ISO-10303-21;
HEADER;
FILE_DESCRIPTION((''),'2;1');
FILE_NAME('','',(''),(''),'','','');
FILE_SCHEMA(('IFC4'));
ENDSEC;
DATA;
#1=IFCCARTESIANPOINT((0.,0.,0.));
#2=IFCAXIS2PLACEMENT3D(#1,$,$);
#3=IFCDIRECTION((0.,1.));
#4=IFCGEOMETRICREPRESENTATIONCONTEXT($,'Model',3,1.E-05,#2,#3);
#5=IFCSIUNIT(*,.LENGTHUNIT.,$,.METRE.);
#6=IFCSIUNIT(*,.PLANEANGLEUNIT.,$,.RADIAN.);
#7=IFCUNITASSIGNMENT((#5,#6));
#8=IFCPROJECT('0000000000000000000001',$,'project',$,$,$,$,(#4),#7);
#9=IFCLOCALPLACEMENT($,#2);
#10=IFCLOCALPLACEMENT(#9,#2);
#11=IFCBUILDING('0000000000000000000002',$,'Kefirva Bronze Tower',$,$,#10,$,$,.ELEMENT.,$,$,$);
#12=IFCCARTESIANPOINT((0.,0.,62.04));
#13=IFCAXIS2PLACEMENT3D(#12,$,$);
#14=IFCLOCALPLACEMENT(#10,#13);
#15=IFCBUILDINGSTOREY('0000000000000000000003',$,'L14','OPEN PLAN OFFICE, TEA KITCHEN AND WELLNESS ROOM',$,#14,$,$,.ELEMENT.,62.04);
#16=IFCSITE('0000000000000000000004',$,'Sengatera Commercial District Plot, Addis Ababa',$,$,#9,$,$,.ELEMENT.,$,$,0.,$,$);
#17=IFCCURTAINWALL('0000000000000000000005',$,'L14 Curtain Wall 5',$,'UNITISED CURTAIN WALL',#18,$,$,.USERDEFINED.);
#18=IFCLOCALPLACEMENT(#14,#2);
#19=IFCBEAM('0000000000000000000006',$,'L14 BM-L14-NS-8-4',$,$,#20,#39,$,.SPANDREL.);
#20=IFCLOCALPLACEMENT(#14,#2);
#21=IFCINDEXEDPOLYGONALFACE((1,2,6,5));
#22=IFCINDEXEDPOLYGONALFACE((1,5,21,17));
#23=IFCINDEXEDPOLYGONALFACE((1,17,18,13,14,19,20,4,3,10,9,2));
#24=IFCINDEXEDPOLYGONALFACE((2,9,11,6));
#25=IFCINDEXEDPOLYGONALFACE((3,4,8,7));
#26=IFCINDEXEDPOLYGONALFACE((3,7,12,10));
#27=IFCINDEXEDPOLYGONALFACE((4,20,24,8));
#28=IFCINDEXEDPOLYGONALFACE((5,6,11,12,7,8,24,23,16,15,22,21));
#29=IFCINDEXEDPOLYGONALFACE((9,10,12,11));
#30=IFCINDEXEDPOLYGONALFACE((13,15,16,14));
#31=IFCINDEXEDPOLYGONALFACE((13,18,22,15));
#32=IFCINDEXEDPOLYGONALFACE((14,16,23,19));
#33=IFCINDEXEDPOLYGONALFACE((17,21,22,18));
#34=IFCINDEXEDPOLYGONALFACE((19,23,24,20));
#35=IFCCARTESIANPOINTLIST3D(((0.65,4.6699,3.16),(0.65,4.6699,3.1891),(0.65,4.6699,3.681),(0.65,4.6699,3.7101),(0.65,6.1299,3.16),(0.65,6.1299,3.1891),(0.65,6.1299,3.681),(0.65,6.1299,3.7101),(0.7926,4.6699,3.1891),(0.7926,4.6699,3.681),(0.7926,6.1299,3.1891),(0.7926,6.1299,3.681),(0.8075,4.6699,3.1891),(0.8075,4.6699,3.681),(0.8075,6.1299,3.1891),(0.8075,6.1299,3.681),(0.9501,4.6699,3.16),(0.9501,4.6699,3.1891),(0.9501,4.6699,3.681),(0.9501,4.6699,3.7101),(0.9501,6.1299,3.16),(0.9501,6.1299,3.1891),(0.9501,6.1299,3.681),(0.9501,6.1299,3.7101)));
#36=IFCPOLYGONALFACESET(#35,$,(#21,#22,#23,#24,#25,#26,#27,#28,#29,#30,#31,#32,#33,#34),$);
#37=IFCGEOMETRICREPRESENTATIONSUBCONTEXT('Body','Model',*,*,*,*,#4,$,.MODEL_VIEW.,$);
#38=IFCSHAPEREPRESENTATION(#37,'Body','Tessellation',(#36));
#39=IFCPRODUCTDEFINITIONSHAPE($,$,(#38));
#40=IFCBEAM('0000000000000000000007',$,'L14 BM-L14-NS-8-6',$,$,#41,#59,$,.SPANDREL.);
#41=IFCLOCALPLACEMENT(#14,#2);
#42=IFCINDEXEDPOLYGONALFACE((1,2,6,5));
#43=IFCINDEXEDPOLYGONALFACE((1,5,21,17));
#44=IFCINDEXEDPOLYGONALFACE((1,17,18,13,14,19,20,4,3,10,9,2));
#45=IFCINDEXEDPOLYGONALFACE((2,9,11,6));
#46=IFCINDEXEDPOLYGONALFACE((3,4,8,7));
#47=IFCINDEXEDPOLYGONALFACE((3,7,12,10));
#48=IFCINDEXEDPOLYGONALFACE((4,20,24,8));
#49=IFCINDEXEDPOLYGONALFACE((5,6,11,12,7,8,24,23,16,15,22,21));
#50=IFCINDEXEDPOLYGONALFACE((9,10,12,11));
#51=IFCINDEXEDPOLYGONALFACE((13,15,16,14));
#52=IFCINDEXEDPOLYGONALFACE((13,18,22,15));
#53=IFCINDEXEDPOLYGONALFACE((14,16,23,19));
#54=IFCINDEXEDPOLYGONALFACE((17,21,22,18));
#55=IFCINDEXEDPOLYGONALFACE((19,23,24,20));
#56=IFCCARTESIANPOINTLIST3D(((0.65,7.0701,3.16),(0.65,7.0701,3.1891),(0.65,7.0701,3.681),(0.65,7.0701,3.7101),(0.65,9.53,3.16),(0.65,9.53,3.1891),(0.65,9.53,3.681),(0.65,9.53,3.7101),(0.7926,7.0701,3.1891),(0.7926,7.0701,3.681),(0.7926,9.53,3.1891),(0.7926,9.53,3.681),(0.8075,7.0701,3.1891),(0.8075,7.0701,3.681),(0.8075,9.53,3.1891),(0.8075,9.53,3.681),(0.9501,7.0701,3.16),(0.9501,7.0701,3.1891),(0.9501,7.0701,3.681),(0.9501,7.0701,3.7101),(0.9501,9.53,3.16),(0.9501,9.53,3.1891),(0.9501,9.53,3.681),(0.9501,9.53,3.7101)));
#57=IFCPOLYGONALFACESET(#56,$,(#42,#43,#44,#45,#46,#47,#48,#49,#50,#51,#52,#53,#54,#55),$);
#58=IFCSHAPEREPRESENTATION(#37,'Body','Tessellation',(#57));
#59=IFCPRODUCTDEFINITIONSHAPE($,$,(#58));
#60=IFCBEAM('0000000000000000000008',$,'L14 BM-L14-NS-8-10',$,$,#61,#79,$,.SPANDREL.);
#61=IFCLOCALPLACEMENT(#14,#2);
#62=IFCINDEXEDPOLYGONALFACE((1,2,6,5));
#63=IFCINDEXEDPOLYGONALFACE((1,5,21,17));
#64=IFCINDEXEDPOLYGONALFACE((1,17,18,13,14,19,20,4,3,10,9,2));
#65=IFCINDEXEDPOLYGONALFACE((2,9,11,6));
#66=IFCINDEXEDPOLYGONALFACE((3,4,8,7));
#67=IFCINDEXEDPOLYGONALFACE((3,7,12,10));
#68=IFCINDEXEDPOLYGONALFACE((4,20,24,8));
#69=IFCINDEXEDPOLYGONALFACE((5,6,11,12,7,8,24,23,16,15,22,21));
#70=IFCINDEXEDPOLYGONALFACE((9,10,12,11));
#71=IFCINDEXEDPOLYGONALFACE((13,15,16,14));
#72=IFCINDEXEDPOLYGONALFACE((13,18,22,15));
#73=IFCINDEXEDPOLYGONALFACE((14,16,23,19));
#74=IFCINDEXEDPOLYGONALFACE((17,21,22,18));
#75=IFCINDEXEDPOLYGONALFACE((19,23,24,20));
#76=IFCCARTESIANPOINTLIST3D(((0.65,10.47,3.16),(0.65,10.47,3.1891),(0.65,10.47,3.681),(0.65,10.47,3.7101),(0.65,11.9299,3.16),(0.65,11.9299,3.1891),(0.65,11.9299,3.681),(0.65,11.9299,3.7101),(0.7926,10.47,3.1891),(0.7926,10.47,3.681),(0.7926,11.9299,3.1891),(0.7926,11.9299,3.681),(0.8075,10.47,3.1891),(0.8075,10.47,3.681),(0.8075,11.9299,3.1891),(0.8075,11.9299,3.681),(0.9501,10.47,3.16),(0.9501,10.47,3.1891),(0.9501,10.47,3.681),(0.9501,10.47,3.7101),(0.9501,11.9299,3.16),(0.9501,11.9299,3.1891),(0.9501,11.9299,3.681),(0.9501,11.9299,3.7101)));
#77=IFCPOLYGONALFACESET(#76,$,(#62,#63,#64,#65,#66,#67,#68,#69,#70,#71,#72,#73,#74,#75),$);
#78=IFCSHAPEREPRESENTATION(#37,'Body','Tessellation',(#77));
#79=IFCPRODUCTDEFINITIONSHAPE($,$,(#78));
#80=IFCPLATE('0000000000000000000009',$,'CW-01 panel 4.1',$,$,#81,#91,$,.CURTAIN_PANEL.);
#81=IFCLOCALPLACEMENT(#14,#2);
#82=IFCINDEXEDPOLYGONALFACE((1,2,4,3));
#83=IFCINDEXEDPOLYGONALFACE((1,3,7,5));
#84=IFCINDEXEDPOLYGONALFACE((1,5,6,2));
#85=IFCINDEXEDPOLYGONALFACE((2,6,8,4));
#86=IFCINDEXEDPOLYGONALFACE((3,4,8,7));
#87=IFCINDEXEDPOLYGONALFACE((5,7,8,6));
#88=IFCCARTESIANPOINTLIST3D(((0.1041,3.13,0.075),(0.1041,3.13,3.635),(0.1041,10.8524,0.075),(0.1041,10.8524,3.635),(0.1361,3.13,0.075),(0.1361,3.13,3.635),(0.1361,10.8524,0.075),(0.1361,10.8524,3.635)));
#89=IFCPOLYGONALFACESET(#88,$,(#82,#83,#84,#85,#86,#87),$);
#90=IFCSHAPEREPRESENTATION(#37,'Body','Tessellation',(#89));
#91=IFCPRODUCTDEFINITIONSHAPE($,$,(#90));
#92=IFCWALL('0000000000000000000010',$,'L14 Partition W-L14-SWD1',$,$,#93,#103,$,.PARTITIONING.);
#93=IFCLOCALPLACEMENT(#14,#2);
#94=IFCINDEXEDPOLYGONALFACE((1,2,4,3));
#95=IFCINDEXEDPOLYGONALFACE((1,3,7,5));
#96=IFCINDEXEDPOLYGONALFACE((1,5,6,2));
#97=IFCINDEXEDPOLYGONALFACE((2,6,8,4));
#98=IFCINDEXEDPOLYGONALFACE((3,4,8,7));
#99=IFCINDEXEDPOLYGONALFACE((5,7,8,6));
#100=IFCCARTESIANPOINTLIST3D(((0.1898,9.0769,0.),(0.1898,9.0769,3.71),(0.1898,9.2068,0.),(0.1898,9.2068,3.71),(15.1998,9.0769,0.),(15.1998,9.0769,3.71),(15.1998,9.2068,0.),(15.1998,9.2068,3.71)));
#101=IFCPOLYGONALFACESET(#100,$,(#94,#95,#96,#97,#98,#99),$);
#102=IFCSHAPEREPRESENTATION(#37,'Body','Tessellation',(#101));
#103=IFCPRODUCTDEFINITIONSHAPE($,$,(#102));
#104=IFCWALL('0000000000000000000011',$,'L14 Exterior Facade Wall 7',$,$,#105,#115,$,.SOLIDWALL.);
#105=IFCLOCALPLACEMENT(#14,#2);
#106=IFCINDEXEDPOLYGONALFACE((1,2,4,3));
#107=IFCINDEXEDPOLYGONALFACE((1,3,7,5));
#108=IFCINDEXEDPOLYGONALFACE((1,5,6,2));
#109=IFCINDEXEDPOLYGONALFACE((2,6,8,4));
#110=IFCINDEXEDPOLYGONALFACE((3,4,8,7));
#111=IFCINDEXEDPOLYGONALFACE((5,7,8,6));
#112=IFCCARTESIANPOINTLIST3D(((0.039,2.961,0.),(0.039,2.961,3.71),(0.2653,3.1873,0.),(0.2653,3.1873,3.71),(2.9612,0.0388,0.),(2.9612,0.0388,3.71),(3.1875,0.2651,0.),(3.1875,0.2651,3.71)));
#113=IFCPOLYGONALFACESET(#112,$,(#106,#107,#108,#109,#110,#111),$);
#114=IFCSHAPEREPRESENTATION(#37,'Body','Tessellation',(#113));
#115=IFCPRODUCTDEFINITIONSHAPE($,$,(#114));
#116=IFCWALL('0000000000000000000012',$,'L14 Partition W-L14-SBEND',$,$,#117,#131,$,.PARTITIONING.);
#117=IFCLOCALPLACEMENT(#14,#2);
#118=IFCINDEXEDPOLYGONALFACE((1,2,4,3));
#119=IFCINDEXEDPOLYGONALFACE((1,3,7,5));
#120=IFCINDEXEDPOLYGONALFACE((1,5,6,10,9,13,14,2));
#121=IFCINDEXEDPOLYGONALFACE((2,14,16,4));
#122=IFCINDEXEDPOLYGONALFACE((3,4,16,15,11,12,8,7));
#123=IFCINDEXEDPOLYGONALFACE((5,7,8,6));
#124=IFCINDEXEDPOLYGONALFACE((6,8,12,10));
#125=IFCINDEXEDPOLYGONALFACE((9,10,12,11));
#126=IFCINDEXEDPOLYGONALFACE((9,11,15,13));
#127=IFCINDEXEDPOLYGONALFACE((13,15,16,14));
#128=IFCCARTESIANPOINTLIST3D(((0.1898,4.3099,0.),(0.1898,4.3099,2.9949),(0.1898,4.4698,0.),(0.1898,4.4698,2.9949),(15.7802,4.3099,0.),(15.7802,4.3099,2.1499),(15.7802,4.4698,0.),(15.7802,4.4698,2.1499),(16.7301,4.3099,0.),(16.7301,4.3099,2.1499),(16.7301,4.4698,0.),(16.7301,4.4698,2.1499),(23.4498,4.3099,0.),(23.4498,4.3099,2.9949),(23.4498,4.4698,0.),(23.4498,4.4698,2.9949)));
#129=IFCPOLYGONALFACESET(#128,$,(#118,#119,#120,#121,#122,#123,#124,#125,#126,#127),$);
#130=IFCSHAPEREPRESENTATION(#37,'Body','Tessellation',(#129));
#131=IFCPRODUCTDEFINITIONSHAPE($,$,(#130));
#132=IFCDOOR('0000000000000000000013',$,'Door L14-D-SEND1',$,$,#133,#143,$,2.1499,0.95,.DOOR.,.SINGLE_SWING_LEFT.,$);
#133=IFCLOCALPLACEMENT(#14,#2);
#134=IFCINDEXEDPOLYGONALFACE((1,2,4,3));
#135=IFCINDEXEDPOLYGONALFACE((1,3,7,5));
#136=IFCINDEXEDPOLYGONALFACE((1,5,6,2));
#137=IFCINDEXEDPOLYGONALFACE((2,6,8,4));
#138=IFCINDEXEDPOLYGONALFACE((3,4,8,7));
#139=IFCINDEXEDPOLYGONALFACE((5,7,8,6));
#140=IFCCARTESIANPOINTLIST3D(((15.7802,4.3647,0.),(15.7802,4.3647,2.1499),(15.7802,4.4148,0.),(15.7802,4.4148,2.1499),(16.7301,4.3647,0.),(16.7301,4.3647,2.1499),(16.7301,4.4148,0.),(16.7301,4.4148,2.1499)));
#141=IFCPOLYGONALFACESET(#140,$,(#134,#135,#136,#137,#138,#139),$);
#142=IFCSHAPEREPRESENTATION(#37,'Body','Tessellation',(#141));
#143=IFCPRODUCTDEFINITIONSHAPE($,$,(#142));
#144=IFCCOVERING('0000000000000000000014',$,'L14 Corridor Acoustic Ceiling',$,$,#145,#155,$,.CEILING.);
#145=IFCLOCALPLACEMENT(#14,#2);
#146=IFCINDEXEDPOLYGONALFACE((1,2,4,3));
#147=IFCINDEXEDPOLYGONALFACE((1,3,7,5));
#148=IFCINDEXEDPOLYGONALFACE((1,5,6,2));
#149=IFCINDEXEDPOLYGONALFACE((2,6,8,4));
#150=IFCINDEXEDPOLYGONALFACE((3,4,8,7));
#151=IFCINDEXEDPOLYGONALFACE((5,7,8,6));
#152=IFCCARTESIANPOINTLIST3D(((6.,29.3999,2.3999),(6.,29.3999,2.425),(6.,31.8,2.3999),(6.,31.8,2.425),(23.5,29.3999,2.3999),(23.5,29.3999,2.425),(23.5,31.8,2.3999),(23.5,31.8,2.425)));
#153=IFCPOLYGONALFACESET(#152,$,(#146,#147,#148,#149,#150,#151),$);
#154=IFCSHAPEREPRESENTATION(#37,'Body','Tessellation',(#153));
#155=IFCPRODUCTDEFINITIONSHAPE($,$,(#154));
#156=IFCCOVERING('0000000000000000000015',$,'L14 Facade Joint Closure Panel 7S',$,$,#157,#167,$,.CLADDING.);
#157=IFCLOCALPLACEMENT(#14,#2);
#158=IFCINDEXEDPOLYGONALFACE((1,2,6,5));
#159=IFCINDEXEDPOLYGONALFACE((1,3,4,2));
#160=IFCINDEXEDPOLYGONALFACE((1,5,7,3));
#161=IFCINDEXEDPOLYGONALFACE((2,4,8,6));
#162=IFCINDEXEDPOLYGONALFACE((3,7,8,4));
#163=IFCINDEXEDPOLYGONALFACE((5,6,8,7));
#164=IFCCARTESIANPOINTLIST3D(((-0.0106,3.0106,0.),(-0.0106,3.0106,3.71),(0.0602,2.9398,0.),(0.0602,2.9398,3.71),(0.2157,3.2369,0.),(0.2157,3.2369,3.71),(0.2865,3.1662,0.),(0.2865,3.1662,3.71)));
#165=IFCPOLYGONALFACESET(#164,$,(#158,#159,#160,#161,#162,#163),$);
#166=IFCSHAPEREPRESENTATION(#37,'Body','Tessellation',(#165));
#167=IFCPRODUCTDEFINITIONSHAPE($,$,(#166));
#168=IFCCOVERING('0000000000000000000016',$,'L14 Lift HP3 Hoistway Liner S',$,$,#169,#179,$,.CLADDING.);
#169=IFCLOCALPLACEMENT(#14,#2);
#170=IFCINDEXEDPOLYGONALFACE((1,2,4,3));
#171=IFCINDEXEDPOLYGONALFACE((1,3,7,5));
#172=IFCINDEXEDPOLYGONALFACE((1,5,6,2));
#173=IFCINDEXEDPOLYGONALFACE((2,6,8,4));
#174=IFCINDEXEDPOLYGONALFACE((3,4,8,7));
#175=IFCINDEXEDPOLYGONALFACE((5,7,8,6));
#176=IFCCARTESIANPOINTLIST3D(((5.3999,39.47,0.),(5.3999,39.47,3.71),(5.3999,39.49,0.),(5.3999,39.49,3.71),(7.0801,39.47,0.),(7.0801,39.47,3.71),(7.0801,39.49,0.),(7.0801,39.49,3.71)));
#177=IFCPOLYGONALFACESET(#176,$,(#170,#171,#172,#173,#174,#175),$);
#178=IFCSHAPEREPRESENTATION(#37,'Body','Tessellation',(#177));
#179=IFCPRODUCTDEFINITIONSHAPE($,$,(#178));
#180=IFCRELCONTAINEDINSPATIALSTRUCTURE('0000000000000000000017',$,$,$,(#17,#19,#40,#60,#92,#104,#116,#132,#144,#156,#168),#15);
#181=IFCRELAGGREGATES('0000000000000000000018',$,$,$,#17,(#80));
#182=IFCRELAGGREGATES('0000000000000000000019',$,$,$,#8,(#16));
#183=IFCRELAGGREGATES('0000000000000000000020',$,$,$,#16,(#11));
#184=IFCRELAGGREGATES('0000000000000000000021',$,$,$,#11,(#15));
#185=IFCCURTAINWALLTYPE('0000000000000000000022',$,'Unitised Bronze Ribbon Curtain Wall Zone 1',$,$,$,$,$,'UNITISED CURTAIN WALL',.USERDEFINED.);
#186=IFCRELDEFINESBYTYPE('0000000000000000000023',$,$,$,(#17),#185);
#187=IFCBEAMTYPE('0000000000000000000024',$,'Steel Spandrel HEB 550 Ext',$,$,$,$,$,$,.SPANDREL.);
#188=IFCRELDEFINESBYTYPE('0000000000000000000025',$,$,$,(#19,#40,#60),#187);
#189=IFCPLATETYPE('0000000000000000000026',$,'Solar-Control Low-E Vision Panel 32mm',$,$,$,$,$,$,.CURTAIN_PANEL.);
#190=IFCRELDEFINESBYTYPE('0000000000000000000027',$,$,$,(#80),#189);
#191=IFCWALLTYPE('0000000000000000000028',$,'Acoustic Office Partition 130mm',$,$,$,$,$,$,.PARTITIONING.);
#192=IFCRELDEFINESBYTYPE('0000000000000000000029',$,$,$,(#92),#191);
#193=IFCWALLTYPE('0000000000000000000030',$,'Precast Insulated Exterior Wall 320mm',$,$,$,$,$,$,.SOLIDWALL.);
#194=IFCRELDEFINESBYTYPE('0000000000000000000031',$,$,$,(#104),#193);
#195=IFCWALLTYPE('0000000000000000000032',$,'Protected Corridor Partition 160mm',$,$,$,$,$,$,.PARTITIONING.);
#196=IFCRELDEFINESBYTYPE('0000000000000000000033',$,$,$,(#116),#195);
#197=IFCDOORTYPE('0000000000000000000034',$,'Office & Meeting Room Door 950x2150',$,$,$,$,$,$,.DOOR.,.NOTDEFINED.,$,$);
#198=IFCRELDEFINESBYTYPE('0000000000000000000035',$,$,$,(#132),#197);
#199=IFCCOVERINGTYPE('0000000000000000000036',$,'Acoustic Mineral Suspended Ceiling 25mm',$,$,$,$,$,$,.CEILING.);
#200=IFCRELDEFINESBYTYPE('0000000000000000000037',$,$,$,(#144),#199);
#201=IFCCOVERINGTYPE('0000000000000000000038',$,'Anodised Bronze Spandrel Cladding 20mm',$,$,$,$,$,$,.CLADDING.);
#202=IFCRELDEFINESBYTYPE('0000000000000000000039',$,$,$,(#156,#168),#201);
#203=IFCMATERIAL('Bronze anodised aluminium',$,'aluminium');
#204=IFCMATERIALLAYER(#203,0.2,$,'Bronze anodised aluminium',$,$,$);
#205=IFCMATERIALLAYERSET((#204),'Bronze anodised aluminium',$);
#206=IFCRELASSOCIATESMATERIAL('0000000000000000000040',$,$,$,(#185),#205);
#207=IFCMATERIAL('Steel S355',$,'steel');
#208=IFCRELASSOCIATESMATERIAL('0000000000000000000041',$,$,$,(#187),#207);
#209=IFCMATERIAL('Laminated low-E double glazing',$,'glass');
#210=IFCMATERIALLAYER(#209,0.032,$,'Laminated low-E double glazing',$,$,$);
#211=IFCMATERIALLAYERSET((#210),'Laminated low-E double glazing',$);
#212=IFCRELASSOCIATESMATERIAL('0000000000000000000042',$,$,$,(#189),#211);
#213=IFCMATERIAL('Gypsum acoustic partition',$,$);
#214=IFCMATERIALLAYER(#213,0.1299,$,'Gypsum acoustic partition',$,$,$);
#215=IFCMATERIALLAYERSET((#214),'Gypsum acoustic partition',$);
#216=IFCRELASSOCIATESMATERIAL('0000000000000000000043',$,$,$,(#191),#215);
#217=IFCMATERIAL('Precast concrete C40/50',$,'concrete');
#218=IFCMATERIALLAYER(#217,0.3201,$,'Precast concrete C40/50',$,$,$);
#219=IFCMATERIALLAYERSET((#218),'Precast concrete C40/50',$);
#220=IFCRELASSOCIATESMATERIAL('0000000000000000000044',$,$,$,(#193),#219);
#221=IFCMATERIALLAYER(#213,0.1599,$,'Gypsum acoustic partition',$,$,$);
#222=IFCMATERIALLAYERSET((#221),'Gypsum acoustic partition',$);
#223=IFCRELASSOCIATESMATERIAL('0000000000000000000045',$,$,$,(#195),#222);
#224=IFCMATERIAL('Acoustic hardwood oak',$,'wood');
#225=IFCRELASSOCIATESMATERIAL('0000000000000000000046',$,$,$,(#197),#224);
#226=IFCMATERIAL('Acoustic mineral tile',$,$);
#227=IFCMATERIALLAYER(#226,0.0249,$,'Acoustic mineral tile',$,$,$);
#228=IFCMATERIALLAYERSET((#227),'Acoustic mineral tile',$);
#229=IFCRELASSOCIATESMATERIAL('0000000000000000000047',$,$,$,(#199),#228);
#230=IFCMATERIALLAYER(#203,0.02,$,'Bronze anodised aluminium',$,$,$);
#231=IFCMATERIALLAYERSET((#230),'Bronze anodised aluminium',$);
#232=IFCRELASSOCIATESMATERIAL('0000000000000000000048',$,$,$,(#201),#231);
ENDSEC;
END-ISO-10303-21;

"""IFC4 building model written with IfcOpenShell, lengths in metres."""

from ifc_helpers import new_model, si_unit, direction, frame, frame_2d, origin, origin_2d, place, context, subcontext, project, spatial, polyline, rectangle, i_section, outline, extrude, material, layer, layer_set, material_profile, profile_set, type_object, element, fill, aggregate, save


model = new_model("IFC4")

# Units and contexts
model_context = context("Model", 3, precision=1e-05, world=origin(), true_north=direction((0.0, 1.0)))
body_context = subcontext(model_context, "Body", "Model", "MODEL_VIEW")
ifc_project = project(units=[si_unit("LENGTHUNIT", "METRE"), si_unit("PLANEANGLEUNIT", "RADIAN")], contexts=[model_context])

# Site, building, storey
site_placement = place(None, origin())
site = spatial("IfcSite", under=ifc_project, at=site_placement, Name="Sengatera Commercial District Plot, Addis Ababa", CompositionType="ELEMENT", RefElevation=0.0)
building_placement = place(site_placement, origin())
building = spatial("IfcBuilding", under=site, at=building_placement, Name="Kefirva Bronze Tower", CompositionType="ELEMENT")
storey_placement = place(building_placement, frame((0.0, 0.0, 62.04)))
storey = spatial("IfcBuildingStorey", under=building, at=storey_placement, Name="L14", Description="OPEN PLAN OFFICE, TEA KITCHEN AND WELLNESS ROOM", CompositionType="ELEMENT", Elevation=62.04)

# Curtain wall
ifc_material_1 = material(Name="Bronze anodised aluminium", Category="aluminium")
ifc_layer_1 = layer(ifc_material_1, 0.2, Name="Bronze anodised aluminium")
ifc_layer_set_1 = layer_set([ifc_layer_1], Name="Bronze anodised aluminium")
curtain_wall_type = type_object("IfcCurtainWallType", Name="Unitised Bronze Ribbon Curtain Wall Zone 1", ElementType="UNITISED CURTAIN WALL", PredefinedType="USERDEFINED", material=ifc_layer_set_1)
curtain_wall_placement = place(storey_placement, origin())
curtain_wall = element("IfcCurtainWall", 1, at=curtain_wall_placement, inside=storey, type_object=curtain_wall_type, Name="L14 Curtain Wall 5", ObjectType="UNITISED CURTAIN WALL", PredefinedType="USERDEFINED")

# Beams
ifc_material_2 = material(Name="Steel S355", Category="steel")
ifc_material_profile_1 = material_profile(ifc_material_2, i_section(OverallWidth=0.3, OverallDepth=0.55, WebThickness=0.0149, FlangeThickness=0.0291, at=origin_2d()), Name="HEB 550")
ifc_profile_set_1 = profile_set([ifc_material_profile_1], Name="Steel S355")
beam_type_1 = type_object("IfcBeamType", Name="Steel Spandrel HEB 550 Ext", PredefinedType="SPANDREL", material=ifc_profile_set_1)
beam_1_placement = place(storey_placement, frame((0.8, 4.6699, 3.4351), z_axis=(0.0, 1.0, 0.0), x_axis=(-1.0, 0.0, 0.0)))
element("IfcBeam", 2, at=beam_1_placement, inside=storey, type_object=beam_type_1, Name="L14 BM-L14-NS-8-4", PredefinedType="SPANDREL", context=body_context, shape_type="SweptSolid", body=[
    extrude(i_section(OverallWidth=0.3, OverallDepth=0.55, WebThickness=0.0149, FlangeThickness=0.0291, at=origin_2d()), origin(), (0.0, 0.0, 1.0), 1.46),
])
beam_2_placement = place(storey_placement, frame((0.8, 7.0701, 3.4351), z_axis=(0.0, 1.0, 0.0), x_axis=(-1.0, 0.0, 0.0)))
element("IfcBeam", 3, at=beam_2_placement, inside=storey, type_object=beam_type_1, Name="L14 BM-L14-NS-8-6", PredefinedType="SPANDREL", context=body_context, shape_type="SweptSolid", body=[
    extrude(i_section(OverallWidth=0.3, OverallDepth=0.55, WebThickness=0.0149, FlangeThickness=0.0291, at=origin_2d()), origin(), (0.0, 0.0, 1.0), 2.46),
])
beam_3_placement = place(storey_placement, frame((0.8, 10.47, 3.4351), z_axis=(0.0, 1.0, 0.0), x_axis=(-1.0, 0.0, 0.0)))
element("IfcBeam", 4, at=beam_3_placement, inside=storey, type_object=beam_type_1, Name="L14 BM-L14-NS-8-10", PredefinedType="SPANDREL", context=body_context, shape_type="SweptSolid", body=[
    extrude(i_section(OverallWidth=0.3, OverallDepth=0.55, WebThickness=0.0149, FlangeThickness=0.0291, at=origin_2d()), origin(), (0.0, 0.0, 1.0), 1.46),
])

# Plate
ifc_material_3 = material(Name="Laminated low-E double glazing", Category="glass")
ifc_layer_2 = layer(ifc_material_3, 0.032, Name="Laminated low-E double glazing")
ifc_layer_set_2 = layer_set([ifc_layer_2], Name="Laminated low-E double glazing")
plate_type = type_object("IfcPlateType", Name="Solar-Control Low-E Vision Panel 32mm", PredefinedType="CURTAIN_PANEL", material=ifc_layer_set_2)
plate_placement = place(storey_placement, frame((0.1201, 6.9912, 0.075), z_axis=(0.0, 0.0, 1.0), x_axis=(0.0, -1.0, 0.0)))
plate = element("IfcPlate", 5, at=plate_placement, type_object=plate_type, Name="CW-01 panel 4.1", PredefinedType="CURTAIN_PANEL", context=body_context, shape_type="SweptSolid", body=[
    extrude(rectangle(XDim=7.7224, YDim=0.032, at=origin_2d()), origin(), (0.0, 0.0, 1.0), 3.5601),
])
aggregate(curtain_wall, [plate])

# Walls
ifc_material_4 = material(Name="Gypsum acoustic partition")
ifc_layer_3 = layer(ifc_material_4, 0.1299, Name="Gypsum acoustic partition")
ifc_layer_set_3 = layer_set([ifc_layer_3], Name="Gypsum acoustic partition")
wall_type_1 = type_object("IfcWallType", Name="Acoustic Office Partition 130mm", PredefinedType="PARTITIONING", material=ifc_layer_set_3)
wall_1_placement = place(storey_placement, frame((0.1899, 9.1418, 0.0), z_axis=(0.0, 0.0, 1.0), x_axis=(1.0, 0.0, 0.0)))
element("IfcWall", 6, at=wall_1_placement, inside=storey, type_object=wall_type_1, Name="L14 Partition W-L14-SWD1", PredefinedType="PARTITIONING", context=body_context, shape_type="SweptSolid", body=[
    extrude(rectangle(XDim=15.01, YDim=0.1299, at=frame_2d((7.5049, 0.0))), origin(), (0.0, 0.0, 1.0), 3.71),
])
ifc_material_5 = material(Name="Precast concrete C40/50", Category="concrete")
ifc_layer_4 = layer(ifc_material_5, 0.3201, Name="Precast concrete C40/50")
ifc_layer_set_4 = layer_set([ifc_layer_4], Name="Precast concrete C40/50")
wall_type_2 = type_object("IfcWallType", Name="Precast Insulated Exterior Wall 320mm", PredefinedType="SOLIDWALL", material=ifc_layer_set_4)
wall_2_placement = place(storey_placement, frame((0.1521, 3.0742, 0.0), z_axis=(0.0, 0.0, 1.0), x_axis=(0.707107, -0.707107, 0.0)))
element("IfcWall", 7, at=wall_2_placement, inside=storey, type_object=wall_type_2, Name="L14 Exterior Facade Wall 7", PredefinedType="SOLIDWALL", context=body_context, shape_type="SweptSolid", body=[
    extrude(rectangle(XDim=4.1326, YDim=0.3201, at=frame_2d((2.0664, 0.0))), origin(), (0.0, 0.0, 1.0), 3.71),
])

# Wall, opening, door
ifc_layer_5 = layer(ifc_material_4, 0.1599, Name="Gypsum acoustic partition")
ifc_layer_set_5 = layer_set([ifc_layer_5], Name="Gypsum acoustic partition")
wall_type_3 = type_object("IfcWallType", Name="Protected Corridor Partition 160mm", PredefinedType="PARTITIONING", material=ifc_layer_set_5)
wall_3_placement = place(storey_placement, frame((0.1899, 4.3899, 0.0), z_axis=(0.0, 0.0, 1.0), x_axis=(1.0, 0.0, 0.0)))
wall_3 = element("IfcWall", 8, at=wall_3_placement, inside=storey, type_object=wall_type_3, Name="L14 Partition W-L14-SBEND", PredefinedType="PARTITIONING", context=body_context, shape_type="SweptSolid", body=[
    extrude(rectangle(XDim=23.26, YDim=0.1599, at=frame_2d((11.6299, 0.0))), origin(), (0.0, 0.0, 1.0), 2.9949),
])
opening_placement = place(wall_3_placement, frame((15.5901, 0.0, 0.0)))
opening = element("IfcOpeningElement", 9, at=opening_placement, cuts=wall_3, PredefinedType="OPENING", context=body_context, shape_type="SweptSolid", body=[
    extrude(rectangle(XDim=0.95, YDim=2.1499, at=frame_2d((0.4751, 1.075))), frame((0.0, 0.0898, 0.0), z_axis=(0.0, -1.0, 0.0), x_axis=(1.0, 0.0, 0.0)), (0.0, 0.0, 1.0), 0.1799),
])
ifc_material_6 = material(Name="Acoustic hardwood oak", Category="wood")
door_type = type_object("IfcDoorType", Name="Office & Meeting Room Door 950x2150", OperationType="NOTDEFINED", PredefinedType="DOOR", material=ifc_material_6)
door_placement = place(opening_placement, origin())
door = element("IfcDoor", 10, at=door_placement, inside=storey, type_object=door_type, Name="Door L14-D-SEND1", OperationType="SINGLE_SWING_LEFT", OverallHeight=2.1499, OverallWidth=0.95, PredefinedType="DOOR", context=body_context, shape_type="SweptSolid", body=[
    extrude(rectangle(XDim=0.95, YDim=2.1499, at=frame_2d((0.4751, 1.075))), frame((0.0, 0.0249, 0.0), z_axis=(0.0, -1.0, 0.0), x_axis=(1.0, 0.0, 0.0)), (0.0, 0.0, 1.0), 0.05),
])
fill(opening, door)

# Coverings
ifc_material_7 = material(Name="Acoustic mineral tile")
ifc_layer_6 = layer(ifc_material_7, 0.0249, Name="Acoustic mineral tile")
ifc_layer_set_6 = layer_set([ifc_layer_6], Name="Acoustic mineral tile")
covering_type_1 = type_object("IfcCoveringType", Name="Acoustic Mineral Suspended Ceiling 25mm", PredefinedType="CEILING", material=ifc_layer_set_6)
covering_1_placement = place(storey_placement, frame((0.0, 0.0, 2.3999)))
element("IfcCovering", 11, at=covering_1_placement, inside=storey, type_object=covering_type_1, Name="L14 Corridor Acoustic Ceiling", PredefinedType="CEILING", context=body_context, shape_type="SweptSolid", body=[
    extrude(outline(polyline([(6.0, 29.3999), (23.5, 29.3999), (23.5, 31.8), (6.0, 31.8), (6.0, 29.3999)])), origin(), (0.0, 0.0, 1.0), 0.0251),
])
ifc_layer_7 = layer(ifc_material_1, 0.02, Name="Bronze anodised aluminium")
ifc_layer_set_7 = layer_set([ifc_layer_7], Name="Bronze anodised aluminium")
covering_type_2 = type_object("IfcCoveringType", Name="Anodised Bronze Spandrel Cladding 20mm", PredefinedType="CLADDING", material=ifc_layer_set_7)
covering_2_placement = place(storey_placement, frame((0.1379, 3.0884, 0.0), z_axis=(0.0, 0.0, 1.0), x_axis=(0.707107, -0.707107, 0.0)))
element("IfcCovering", 12, at=covering_2_placement, inside=storey, type_object=covering_type_2, Name="L14 Facade Joint Closure Panel 7S", PredefinedType="CLADDING", context=body_context, shape_type="SweptSolid", body=[
    extrude(rectangle(XDim=0.1001, YDim=0.3201, at=origin_2d()), origin(), (0.0, 0.0, 1.0), 3.71),
])
covering_3_placement = place(storey_placement, origin())
element("IfcCovering", 13, at=covering_3_placement, inside=storey, type_object=covering_type_2, Name="L14 Lift HP3 Hoistway Liner S", PredefinedType="CLADDING", context=body_context, shape_type="SweptSolid", body=[
    extrude(outline(polyline([(5.3999, 39.47), (7.0801, 39.47), (7.0801, 39.49), (5.3999, 39.49), (5.3999, 39.47)])), origin(), (0.0, 0.0, 1.0), 3.71),
])

save(model, "model.ifc")
